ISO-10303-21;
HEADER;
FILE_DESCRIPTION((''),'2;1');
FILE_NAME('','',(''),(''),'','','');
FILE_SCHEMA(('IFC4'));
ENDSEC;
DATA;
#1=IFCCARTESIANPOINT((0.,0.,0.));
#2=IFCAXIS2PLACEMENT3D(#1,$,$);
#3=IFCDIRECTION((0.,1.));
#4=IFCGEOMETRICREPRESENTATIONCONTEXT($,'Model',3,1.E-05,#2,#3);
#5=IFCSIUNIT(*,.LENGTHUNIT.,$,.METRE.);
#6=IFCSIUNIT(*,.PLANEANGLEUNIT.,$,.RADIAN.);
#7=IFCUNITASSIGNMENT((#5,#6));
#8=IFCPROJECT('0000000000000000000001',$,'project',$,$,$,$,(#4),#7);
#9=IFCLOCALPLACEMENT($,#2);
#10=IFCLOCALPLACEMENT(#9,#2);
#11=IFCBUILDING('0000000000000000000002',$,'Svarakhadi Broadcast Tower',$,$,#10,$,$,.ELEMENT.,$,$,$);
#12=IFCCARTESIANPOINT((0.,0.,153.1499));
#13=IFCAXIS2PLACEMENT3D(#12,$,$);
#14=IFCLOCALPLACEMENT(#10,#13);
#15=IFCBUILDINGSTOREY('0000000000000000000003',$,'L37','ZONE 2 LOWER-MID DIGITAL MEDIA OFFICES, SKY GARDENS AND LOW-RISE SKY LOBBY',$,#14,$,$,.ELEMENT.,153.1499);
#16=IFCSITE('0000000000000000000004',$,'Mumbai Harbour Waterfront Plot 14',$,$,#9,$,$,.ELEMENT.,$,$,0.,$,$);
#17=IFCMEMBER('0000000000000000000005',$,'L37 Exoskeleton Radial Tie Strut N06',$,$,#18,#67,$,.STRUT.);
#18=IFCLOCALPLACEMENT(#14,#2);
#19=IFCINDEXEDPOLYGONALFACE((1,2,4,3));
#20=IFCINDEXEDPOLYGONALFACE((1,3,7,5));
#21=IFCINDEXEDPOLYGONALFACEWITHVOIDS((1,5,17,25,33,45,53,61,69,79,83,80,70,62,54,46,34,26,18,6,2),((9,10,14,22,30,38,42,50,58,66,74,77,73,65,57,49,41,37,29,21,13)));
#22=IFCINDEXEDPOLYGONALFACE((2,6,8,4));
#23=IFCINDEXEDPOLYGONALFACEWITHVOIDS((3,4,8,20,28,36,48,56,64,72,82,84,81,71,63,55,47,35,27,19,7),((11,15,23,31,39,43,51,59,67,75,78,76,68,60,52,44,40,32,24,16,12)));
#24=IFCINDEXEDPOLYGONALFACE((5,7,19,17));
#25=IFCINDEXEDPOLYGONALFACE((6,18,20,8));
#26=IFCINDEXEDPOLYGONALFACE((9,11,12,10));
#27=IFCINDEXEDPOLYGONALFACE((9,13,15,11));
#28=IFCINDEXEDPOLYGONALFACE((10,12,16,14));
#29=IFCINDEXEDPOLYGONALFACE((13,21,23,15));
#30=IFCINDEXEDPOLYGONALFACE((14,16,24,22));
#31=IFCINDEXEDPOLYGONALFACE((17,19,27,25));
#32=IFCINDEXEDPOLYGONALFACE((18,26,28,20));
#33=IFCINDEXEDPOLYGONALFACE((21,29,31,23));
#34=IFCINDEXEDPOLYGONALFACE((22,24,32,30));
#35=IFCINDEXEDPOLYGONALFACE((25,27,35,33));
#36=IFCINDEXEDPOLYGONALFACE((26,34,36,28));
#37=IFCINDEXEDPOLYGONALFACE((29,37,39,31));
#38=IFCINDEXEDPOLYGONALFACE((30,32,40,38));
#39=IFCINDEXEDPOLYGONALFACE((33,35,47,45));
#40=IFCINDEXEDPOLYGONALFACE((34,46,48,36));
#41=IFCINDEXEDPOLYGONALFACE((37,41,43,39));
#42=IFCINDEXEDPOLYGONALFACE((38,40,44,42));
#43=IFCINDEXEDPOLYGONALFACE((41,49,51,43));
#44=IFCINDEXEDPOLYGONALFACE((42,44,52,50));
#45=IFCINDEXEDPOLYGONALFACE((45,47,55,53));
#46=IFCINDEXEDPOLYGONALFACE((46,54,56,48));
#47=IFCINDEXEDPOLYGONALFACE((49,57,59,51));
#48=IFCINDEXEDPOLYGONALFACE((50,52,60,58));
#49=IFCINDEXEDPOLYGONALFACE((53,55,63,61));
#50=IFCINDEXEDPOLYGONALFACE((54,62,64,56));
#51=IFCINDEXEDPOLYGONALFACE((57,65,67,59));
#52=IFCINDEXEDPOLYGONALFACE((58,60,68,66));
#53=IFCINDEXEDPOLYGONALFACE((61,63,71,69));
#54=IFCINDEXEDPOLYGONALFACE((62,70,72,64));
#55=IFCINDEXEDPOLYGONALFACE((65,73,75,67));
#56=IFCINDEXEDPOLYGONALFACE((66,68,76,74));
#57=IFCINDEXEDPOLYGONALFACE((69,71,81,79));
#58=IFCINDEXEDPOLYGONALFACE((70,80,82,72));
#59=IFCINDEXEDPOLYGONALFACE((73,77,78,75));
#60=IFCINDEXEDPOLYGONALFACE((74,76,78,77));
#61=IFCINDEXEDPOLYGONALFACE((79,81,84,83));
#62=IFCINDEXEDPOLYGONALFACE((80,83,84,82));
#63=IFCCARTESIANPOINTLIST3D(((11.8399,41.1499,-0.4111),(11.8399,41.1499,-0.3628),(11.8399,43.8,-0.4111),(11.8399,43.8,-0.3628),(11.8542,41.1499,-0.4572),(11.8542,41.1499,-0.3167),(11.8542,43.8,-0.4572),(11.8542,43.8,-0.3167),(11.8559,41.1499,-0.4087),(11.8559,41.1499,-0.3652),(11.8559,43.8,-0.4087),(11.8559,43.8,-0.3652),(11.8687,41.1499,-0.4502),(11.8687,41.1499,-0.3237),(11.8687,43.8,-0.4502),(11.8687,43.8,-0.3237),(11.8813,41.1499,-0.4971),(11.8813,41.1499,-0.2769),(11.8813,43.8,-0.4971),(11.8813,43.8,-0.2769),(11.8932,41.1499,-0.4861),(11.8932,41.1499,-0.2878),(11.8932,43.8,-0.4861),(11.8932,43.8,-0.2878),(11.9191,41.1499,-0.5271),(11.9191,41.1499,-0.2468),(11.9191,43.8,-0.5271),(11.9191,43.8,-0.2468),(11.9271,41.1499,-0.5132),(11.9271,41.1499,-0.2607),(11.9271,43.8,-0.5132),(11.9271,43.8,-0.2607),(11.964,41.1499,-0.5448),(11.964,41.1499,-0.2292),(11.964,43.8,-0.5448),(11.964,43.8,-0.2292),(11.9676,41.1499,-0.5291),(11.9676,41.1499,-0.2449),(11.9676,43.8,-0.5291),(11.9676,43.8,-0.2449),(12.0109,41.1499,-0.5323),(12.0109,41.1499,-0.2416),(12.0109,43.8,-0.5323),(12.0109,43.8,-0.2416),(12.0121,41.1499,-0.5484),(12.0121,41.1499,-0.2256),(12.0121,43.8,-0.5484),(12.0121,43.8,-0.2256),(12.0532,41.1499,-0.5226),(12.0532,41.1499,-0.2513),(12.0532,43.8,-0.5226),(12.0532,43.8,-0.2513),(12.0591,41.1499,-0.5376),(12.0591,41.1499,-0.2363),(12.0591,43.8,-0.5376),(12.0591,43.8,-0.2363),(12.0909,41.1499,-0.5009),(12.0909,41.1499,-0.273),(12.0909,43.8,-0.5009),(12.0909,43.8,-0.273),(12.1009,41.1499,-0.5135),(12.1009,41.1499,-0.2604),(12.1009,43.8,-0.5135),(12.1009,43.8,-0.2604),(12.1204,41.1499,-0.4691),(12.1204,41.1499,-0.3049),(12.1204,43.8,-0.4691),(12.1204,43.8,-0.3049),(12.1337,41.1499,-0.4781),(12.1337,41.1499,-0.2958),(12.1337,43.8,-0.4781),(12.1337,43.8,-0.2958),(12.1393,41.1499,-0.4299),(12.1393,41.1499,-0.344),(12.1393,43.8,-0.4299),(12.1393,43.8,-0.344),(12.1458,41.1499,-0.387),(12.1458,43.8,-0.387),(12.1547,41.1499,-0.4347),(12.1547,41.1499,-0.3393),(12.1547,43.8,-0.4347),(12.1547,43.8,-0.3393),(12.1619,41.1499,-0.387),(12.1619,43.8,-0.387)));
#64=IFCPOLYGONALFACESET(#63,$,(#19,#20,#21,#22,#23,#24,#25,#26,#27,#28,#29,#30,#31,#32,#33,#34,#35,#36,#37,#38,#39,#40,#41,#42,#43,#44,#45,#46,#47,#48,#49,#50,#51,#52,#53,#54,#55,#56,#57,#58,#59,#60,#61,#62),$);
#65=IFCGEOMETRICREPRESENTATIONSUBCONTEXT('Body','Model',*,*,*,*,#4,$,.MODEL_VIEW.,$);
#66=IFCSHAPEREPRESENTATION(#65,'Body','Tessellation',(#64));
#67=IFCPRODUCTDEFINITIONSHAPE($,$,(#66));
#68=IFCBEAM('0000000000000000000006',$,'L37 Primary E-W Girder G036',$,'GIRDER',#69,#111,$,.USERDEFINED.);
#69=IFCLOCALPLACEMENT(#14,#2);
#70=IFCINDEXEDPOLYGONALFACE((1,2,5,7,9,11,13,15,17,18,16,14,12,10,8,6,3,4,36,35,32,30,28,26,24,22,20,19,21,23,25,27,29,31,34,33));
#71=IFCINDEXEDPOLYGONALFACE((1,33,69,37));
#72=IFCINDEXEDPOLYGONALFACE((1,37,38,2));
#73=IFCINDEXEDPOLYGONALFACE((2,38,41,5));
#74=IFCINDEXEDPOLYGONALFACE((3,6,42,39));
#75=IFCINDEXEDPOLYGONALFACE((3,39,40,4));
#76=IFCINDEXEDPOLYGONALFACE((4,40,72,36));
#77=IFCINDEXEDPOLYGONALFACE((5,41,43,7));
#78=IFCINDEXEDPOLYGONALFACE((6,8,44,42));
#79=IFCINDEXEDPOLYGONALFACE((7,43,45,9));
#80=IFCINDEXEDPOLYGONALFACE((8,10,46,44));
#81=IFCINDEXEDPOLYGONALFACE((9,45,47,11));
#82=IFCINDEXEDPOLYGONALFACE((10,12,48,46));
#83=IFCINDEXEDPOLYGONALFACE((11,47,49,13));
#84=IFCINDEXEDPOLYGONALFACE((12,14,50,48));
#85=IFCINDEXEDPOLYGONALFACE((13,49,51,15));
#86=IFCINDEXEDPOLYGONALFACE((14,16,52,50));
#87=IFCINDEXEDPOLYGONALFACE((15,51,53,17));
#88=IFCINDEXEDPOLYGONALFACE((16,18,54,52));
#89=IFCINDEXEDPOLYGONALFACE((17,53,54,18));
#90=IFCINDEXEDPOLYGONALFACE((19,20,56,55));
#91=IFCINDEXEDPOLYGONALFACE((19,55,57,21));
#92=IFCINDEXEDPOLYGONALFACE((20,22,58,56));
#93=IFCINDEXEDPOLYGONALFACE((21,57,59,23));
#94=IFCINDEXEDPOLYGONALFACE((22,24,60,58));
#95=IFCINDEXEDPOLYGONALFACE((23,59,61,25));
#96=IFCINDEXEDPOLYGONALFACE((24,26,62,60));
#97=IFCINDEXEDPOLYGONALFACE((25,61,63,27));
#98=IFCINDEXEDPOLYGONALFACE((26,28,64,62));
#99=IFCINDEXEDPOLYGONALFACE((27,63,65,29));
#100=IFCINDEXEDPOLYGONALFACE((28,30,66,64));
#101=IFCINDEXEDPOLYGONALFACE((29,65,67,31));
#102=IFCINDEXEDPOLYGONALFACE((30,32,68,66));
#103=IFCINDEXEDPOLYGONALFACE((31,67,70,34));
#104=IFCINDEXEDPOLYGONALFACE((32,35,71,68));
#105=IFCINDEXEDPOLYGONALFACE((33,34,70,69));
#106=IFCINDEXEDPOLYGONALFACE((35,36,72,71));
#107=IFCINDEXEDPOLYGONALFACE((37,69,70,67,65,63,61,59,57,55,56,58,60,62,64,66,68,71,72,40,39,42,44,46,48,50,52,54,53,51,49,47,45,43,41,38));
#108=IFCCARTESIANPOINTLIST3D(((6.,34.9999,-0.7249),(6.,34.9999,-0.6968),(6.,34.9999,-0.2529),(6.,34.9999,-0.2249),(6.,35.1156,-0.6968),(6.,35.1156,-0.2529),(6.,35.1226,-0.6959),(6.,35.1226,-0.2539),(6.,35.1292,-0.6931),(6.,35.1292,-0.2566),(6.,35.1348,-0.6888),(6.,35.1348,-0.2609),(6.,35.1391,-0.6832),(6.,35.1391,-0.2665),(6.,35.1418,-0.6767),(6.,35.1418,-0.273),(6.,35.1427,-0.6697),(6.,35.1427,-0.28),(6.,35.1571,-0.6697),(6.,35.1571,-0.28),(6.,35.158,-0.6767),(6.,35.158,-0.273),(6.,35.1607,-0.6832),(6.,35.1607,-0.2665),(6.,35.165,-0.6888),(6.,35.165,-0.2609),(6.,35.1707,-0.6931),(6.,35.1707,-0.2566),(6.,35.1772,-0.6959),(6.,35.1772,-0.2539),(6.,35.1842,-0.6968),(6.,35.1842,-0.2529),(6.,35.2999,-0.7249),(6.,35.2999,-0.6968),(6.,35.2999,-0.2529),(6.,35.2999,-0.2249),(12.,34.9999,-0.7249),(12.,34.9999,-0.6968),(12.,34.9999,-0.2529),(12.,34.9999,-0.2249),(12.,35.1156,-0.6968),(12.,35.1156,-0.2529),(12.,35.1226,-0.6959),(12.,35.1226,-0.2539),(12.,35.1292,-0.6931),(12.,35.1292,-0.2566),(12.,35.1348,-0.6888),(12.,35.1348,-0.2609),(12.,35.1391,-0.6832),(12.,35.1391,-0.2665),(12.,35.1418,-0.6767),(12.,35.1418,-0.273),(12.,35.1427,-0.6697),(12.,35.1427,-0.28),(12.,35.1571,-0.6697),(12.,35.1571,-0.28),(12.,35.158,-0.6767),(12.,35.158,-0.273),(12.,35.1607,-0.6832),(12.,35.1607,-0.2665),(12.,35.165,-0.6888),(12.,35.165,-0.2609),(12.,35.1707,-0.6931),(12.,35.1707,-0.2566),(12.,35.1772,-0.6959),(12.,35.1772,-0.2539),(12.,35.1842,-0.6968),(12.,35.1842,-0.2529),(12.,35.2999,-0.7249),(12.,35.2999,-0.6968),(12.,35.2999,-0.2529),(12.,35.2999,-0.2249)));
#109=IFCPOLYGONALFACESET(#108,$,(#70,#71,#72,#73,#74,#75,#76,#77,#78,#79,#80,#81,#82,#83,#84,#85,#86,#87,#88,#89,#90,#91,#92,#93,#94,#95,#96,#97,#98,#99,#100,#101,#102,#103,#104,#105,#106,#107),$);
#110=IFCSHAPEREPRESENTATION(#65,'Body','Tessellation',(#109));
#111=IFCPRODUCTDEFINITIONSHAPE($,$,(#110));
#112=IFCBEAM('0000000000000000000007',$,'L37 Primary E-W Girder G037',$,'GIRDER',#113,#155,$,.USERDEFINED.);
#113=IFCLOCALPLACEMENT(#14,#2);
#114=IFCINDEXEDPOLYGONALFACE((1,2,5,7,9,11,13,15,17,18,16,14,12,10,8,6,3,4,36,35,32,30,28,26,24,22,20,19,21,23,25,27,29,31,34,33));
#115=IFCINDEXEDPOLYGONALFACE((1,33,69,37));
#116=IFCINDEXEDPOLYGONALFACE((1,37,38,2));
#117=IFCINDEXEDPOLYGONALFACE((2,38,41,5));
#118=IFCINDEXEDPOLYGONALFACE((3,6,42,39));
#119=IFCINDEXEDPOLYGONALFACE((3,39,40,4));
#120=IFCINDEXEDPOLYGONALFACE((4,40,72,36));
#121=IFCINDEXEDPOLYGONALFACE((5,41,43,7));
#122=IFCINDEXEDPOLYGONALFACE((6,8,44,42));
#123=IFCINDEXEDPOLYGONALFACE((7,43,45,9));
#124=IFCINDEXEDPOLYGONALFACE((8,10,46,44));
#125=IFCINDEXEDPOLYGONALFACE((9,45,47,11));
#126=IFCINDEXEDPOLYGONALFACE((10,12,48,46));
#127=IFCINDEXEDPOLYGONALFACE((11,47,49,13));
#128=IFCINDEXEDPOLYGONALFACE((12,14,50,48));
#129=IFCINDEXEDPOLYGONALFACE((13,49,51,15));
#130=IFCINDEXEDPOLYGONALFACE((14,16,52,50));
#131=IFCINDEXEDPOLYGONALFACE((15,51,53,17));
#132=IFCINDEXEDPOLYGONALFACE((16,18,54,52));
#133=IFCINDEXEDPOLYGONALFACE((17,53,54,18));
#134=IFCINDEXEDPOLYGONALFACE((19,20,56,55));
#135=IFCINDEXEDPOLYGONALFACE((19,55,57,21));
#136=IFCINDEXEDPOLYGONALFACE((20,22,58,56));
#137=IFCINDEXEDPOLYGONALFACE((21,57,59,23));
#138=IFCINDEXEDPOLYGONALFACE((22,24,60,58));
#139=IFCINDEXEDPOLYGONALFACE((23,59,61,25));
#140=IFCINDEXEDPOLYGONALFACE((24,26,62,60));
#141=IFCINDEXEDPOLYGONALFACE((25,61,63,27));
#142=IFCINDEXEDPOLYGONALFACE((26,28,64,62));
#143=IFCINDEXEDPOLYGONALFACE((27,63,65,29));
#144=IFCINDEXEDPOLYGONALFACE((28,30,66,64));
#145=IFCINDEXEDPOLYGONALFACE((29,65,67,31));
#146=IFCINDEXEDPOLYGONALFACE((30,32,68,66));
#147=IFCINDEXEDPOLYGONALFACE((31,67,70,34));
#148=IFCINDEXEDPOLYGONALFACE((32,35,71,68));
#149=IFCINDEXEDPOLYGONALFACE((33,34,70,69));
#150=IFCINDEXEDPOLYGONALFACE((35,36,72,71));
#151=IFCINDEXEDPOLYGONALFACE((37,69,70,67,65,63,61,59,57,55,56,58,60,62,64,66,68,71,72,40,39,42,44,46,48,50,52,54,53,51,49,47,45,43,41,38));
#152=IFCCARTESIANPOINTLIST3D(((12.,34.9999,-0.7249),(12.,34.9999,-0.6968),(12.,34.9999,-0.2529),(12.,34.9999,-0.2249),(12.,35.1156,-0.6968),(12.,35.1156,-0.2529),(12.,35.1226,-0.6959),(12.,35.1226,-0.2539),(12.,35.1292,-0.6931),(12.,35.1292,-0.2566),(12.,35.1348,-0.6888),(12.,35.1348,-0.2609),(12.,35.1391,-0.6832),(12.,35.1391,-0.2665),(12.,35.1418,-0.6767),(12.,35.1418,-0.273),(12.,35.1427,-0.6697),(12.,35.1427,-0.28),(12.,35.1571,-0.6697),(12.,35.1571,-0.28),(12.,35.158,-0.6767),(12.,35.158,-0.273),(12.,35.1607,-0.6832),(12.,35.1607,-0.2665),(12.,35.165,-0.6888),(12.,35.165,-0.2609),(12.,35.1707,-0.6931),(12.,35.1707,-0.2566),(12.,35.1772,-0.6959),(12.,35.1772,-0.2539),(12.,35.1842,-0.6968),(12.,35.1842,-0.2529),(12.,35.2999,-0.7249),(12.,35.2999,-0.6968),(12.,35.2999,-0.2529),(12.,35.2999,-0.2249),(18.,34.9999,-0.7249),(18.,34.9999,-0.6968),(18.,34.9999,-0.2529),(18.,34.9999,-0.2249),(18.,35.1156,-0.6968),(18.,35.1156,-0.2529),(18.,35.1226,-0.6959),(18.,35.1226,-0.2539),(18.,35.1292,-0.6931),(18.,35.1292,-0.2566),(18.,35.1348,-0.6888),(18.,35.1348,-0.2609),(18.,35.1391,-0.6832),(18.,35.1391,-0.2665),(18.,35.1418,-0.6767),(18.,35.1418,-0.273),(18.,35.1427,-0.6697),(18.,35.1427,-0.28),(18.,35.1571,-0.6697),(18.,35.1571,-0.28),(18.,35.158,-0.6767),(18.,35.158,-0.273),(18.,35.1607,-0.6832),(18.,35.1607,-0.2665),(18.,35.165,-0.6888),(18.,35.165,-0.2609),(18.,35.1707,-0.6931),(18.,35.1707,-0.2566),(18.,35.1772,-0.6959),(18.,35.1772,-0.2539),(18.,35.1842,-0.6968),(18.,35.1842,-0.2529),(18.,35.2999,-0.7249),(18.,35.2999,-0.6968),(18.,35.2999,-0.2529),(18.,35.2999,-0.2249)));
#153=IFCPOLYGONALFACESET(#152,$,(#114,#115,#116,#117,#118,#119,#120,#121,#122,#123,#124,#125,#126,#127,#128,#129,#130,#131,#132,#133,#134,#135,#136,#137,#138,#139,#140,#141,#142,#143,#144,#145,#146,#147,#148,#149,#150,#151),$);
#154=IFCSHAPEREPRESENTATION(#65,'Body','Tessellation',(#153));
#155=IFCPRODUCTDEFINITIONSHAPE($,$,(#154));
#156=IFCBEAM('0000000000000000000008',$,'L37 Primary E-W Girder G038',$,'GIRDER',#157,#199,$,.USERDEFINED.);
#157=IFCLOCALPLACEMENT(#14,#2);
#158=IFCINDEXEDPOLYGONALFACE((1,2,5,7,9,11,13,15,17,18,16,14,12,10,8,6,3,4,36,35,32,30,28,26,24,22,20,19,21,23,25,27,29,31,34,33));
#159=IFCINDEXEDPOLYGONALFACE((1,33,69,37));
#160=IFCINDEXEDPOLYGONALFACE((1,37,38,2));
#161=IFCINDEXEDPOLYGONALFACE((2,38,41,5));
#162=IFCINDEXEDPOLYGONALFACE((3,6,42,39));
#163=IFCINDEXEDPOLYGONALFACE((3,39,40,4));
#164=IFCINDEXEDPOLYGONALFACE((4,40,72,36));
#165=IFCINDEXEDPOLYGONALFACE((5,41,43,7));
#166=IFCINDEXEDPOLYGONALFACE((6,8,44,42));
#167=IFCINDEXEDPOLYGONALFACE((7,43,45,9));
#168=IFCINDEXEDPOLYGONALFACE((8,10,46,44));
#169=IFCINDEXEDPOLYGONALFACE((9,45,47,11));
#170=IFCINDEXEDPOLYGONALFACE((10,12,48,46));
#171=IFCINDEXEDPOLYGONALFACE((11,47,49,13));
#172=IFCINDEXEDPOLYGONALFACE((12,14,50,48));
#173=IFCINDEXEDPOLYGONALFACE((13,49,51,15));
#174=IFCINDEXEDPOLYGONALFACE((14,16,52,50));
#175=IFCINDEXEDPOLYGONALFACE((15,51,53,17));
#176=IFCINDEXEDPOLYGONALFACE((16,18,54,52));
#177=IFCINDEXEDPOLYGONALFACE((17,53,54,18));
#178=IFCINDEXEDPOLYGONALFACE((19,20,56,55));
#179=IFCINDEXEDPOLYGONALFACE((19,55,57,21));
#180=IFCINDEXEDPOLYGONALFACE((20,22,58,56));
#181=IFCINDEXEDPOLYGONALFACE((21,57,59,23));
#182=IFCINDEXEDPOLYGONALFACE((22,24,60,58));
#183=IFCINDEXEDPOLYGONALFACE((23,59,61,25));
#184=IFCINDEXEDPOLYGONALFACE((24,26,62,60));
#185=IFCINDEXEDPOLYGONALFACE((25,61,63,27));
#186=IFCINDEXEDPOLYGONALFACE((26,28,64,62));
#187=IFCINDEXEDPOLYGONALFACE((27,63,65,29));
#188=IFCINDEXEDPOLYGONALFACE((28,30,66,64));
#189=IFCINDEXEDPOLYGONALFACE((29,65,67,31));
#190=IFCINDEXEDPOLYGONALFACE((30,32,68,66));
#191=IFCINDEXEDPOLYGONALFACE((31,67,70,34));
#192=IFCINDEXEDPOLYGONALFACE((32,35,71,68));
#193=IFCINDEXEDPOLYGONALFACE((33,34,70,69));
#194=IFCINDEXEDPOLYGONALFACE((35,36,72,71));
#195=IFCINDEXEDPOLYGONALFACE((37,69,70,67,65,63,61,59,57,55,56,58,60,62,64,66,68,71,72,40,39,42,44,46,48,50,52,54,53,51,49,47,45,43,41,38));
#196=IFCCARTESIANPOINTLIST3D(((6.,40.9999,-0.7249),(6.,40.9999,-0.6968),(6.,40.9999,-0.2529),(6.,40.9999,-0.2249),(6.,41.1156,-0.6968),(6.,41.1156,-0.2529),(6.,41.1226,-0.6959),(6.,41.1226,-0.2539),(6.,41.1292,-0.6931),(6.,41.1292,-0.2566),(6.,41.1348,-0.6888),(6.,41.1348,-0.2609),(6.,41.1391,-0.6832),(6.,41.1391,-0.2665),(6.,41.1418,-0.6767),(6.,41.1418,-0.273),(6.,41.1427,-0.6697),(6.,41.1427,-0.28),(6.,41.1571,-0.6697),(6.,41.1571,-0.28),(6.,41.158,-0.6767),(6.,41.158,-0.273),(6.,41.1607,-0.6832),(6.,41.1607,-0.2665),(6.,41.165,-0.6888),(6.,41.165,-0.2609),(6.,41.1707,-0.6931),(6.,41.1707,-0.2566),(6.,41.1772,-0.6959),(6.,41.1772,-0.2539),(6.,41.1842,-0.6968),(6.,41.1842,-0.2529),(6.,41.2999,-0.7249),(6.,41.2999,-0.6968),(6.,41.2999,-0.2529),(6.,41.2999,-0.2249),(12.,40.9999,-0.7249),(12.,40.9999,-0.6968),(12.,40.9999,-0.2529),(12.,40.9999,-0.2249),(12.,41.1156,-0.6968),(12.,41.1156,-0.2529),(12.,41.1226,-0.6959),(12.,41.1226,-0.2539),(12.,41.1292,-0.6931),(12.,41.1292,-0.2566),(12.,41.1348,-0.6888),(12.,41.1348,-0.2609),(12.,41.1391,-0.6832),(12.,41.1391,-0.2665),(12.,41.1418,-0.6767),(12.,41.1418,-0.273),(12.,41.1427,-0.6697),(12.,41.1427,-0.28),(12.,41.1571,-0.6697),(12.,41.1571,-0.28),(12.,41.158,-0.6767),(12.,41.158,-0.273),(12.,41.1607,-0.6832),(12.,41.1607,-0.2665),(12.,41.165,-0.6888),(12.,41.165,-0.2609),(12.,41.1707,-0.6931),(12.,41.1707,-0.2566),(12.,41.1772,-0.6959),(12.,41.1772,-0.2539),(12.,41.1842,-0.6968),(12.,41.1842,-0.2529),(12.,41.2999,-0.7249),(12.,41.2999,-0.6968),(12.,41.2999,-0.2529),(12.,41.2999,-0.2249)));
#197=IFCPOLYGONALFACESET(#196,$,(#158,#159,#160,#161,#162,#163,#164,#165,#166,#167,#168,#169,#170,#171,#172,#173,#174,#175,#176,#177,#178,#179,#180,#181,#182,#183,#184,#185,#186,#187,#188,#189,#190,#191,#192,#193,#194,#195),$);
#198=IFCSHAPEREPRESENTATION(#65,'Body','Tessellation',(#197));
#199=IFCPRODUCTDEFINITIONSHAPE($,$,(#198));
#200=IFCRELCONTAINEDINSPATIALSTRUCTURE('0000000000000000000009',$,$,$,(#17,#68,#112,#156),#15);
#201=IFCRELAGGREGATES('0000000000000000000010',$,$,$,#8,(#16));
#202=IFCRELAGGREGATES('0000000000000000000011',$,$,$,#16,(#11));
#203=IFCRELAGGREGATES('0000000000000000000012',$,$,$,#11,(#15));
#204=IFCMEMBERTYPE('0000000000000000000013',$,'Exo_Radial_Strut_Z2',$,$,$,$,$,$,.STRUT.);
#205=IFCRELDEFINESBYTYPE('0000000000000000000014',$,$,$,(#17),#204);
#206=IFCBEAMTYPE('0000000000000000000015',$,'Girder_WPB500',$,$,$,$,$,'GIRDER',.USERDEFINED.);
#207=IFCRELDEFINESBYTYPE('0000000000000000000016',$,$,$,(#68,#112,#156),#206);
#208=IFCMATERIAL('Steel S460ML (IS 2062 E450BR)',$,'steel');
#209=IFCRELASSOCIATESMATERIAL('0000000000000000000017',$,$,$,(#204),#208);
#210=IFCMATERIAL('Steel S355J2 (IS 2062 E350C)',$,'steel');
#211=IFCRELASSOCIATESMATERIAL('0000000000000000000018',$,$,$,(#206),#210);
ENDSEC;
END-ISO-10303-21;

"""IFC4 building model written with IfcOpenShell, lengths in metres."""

from ifc_helpers import new_model, si_unit, direction, frame, origin, origin_2d, place, context, subcontext, project, spatial, hollow_circle, i_section, extrude, material, material_profile, profile_set, type_object, element, save


model = new_model("IFC4")

# Units and contexts
model_context = context("Model", 3, precision=1e-05, world=origin(), true_north=direction((0.0, 1.0)))
body_context = subcontext(model_context, "Body", "Model", "MODEL_VIEW")
ifc_project = project(units=[si_unit("LENGTHUNIT", "METRE"), si_unit("PLANEANGLEUNIT", "RADIAN")], contexts=[model_context])

# Site, building, storey
site_placement = place(None, origin())
site = spatial("IfcSite", under=ifc_project, at=site_placement, Name="Mumbai Harbour Waterfront Plot 14", CompositionType="ELEMENT", RefElevation=0.0)
building_placement = place(site_placement, origin())
building = spatial("IfcBuilding", under=site, at=building_placement, Name="Svarakhadi Broadcast Tower", CompositionType="ELEMENT")
storey_placement = place(building_placement, frame((0.0, 0.0, 153.1499)))
storey = spatial("IfcBuildingStorey", under=building, at=storey_placement, Name="L37", Description="ZONE 2 LOWER-MID DIGITAL MEDIA OFFICES, SKY GARDENS AND LOW-RISE SKY LOBBY", CompositionType="ELEMENT", Elevation=153.1499)

# Shared definitions
ifc_material_1 = material(Name="Steel S460ML (IS 2062 E450BR)", Category="steel")

# Shared definitions
ifc_material_2 = material(Name="Steel S355J2 (IS 2062 E350C)", Category="steel")

# Member
ifc_material_profile_1 = material_profile(ifc_material_1, hollow_circle(Radius=0.1619, WallThickness=0.0161, at=origin_2d()), Name="CHS 323.9x16")
ifc_profile_set_1 = profile_set([ifc_material_profile_1], Name="Steel S460ML (IS 2062 E450BR)")
member_type_1 = type_object("IfcMemberType", Name="Exo_Radial_Strut_Z2", PredefinedType="STRUT", material=ifc_profile_set_1)
member_1_placement = place(storey_placement, frame((12.0, 43.8, -0.387), z_axis=(0.0, -1.0, 0.0), x_axis=(1.0, 0.0, 0.0)))
element("IfcMember", 1, at=member_1_placement, inside=storey, type_object=member_type_1, Name="L37 Exoskeleton Radial Tie Strut N06", PredefinedType="STRUT", context=body_context, shape_type="SweptSolid", body=[
    extrude(hollow_circle(Radius=0.1619, WallThickness=0.0161, at=origin_2d()), origin(), (0.0, 0.0, 1.0), 2.6501),
])

# Beams
ifc_material_profile_2 = material_profile(ifc_material_2, i_section(OverallWidth=0.3, OverallDepth=0.5, WebThickness=0.0144, FlangeThickness=0.0281, FilletRadius=0.0271, at=origin_2d()), Name="WPB 500x300x187")
ifc_profile_set_2 = profile_set([ifc_material_profile_2], Name="Steel S355J2 (IS 2062 E350C)")
beam_type_1 = type_object("IfcBeamType", Name="Girder_WPB500", ElementType="GIRDER", PredefinedType="USERDEFINED", material=ifc_profile_set_2)
for number, where, z_axis, x_axis, name in (
    (2, (6.0, 35.1499, -0.4749), (1.0, 0.0, 0.0), (0.0, 1.0, 0.0), "L37 Primary E-W Girder G036"),
    (3, (12.0, 35.1499, -0.4749), (1.0, 0.0, 0.0), (0.0, 1.0, 0.0), "L37 Primary E-W Girder G037"),
    (4, (6.0, 41.1499, -0.4749), (1.0, 0.0, 0.0), (0.0, 1.0, 0.0), "L37 Primary E-W Girder G038"),
):
    element("IfcBeam", number, at=place(storey_placement, frame(where, z_axis=z_axis, x_axis=x_axis)), inside=storey, type_object=beam_type_1, Name=name, ObjectType="GIRDER", PredefinedType="USERDEFINED", context=body_context, shape_type="SweptSolid", body=[
        extrude(i_section(OverallWidth=0.3, OverallDepth=0.5, WebThickness=0.0144, FlangeThickness=0.0281, FilletRadius=0.0271, at=origin_2d()), origin(), (0.0, 0.0, 1.0), 6.0),
    ])

save(model, "model.ifc")
